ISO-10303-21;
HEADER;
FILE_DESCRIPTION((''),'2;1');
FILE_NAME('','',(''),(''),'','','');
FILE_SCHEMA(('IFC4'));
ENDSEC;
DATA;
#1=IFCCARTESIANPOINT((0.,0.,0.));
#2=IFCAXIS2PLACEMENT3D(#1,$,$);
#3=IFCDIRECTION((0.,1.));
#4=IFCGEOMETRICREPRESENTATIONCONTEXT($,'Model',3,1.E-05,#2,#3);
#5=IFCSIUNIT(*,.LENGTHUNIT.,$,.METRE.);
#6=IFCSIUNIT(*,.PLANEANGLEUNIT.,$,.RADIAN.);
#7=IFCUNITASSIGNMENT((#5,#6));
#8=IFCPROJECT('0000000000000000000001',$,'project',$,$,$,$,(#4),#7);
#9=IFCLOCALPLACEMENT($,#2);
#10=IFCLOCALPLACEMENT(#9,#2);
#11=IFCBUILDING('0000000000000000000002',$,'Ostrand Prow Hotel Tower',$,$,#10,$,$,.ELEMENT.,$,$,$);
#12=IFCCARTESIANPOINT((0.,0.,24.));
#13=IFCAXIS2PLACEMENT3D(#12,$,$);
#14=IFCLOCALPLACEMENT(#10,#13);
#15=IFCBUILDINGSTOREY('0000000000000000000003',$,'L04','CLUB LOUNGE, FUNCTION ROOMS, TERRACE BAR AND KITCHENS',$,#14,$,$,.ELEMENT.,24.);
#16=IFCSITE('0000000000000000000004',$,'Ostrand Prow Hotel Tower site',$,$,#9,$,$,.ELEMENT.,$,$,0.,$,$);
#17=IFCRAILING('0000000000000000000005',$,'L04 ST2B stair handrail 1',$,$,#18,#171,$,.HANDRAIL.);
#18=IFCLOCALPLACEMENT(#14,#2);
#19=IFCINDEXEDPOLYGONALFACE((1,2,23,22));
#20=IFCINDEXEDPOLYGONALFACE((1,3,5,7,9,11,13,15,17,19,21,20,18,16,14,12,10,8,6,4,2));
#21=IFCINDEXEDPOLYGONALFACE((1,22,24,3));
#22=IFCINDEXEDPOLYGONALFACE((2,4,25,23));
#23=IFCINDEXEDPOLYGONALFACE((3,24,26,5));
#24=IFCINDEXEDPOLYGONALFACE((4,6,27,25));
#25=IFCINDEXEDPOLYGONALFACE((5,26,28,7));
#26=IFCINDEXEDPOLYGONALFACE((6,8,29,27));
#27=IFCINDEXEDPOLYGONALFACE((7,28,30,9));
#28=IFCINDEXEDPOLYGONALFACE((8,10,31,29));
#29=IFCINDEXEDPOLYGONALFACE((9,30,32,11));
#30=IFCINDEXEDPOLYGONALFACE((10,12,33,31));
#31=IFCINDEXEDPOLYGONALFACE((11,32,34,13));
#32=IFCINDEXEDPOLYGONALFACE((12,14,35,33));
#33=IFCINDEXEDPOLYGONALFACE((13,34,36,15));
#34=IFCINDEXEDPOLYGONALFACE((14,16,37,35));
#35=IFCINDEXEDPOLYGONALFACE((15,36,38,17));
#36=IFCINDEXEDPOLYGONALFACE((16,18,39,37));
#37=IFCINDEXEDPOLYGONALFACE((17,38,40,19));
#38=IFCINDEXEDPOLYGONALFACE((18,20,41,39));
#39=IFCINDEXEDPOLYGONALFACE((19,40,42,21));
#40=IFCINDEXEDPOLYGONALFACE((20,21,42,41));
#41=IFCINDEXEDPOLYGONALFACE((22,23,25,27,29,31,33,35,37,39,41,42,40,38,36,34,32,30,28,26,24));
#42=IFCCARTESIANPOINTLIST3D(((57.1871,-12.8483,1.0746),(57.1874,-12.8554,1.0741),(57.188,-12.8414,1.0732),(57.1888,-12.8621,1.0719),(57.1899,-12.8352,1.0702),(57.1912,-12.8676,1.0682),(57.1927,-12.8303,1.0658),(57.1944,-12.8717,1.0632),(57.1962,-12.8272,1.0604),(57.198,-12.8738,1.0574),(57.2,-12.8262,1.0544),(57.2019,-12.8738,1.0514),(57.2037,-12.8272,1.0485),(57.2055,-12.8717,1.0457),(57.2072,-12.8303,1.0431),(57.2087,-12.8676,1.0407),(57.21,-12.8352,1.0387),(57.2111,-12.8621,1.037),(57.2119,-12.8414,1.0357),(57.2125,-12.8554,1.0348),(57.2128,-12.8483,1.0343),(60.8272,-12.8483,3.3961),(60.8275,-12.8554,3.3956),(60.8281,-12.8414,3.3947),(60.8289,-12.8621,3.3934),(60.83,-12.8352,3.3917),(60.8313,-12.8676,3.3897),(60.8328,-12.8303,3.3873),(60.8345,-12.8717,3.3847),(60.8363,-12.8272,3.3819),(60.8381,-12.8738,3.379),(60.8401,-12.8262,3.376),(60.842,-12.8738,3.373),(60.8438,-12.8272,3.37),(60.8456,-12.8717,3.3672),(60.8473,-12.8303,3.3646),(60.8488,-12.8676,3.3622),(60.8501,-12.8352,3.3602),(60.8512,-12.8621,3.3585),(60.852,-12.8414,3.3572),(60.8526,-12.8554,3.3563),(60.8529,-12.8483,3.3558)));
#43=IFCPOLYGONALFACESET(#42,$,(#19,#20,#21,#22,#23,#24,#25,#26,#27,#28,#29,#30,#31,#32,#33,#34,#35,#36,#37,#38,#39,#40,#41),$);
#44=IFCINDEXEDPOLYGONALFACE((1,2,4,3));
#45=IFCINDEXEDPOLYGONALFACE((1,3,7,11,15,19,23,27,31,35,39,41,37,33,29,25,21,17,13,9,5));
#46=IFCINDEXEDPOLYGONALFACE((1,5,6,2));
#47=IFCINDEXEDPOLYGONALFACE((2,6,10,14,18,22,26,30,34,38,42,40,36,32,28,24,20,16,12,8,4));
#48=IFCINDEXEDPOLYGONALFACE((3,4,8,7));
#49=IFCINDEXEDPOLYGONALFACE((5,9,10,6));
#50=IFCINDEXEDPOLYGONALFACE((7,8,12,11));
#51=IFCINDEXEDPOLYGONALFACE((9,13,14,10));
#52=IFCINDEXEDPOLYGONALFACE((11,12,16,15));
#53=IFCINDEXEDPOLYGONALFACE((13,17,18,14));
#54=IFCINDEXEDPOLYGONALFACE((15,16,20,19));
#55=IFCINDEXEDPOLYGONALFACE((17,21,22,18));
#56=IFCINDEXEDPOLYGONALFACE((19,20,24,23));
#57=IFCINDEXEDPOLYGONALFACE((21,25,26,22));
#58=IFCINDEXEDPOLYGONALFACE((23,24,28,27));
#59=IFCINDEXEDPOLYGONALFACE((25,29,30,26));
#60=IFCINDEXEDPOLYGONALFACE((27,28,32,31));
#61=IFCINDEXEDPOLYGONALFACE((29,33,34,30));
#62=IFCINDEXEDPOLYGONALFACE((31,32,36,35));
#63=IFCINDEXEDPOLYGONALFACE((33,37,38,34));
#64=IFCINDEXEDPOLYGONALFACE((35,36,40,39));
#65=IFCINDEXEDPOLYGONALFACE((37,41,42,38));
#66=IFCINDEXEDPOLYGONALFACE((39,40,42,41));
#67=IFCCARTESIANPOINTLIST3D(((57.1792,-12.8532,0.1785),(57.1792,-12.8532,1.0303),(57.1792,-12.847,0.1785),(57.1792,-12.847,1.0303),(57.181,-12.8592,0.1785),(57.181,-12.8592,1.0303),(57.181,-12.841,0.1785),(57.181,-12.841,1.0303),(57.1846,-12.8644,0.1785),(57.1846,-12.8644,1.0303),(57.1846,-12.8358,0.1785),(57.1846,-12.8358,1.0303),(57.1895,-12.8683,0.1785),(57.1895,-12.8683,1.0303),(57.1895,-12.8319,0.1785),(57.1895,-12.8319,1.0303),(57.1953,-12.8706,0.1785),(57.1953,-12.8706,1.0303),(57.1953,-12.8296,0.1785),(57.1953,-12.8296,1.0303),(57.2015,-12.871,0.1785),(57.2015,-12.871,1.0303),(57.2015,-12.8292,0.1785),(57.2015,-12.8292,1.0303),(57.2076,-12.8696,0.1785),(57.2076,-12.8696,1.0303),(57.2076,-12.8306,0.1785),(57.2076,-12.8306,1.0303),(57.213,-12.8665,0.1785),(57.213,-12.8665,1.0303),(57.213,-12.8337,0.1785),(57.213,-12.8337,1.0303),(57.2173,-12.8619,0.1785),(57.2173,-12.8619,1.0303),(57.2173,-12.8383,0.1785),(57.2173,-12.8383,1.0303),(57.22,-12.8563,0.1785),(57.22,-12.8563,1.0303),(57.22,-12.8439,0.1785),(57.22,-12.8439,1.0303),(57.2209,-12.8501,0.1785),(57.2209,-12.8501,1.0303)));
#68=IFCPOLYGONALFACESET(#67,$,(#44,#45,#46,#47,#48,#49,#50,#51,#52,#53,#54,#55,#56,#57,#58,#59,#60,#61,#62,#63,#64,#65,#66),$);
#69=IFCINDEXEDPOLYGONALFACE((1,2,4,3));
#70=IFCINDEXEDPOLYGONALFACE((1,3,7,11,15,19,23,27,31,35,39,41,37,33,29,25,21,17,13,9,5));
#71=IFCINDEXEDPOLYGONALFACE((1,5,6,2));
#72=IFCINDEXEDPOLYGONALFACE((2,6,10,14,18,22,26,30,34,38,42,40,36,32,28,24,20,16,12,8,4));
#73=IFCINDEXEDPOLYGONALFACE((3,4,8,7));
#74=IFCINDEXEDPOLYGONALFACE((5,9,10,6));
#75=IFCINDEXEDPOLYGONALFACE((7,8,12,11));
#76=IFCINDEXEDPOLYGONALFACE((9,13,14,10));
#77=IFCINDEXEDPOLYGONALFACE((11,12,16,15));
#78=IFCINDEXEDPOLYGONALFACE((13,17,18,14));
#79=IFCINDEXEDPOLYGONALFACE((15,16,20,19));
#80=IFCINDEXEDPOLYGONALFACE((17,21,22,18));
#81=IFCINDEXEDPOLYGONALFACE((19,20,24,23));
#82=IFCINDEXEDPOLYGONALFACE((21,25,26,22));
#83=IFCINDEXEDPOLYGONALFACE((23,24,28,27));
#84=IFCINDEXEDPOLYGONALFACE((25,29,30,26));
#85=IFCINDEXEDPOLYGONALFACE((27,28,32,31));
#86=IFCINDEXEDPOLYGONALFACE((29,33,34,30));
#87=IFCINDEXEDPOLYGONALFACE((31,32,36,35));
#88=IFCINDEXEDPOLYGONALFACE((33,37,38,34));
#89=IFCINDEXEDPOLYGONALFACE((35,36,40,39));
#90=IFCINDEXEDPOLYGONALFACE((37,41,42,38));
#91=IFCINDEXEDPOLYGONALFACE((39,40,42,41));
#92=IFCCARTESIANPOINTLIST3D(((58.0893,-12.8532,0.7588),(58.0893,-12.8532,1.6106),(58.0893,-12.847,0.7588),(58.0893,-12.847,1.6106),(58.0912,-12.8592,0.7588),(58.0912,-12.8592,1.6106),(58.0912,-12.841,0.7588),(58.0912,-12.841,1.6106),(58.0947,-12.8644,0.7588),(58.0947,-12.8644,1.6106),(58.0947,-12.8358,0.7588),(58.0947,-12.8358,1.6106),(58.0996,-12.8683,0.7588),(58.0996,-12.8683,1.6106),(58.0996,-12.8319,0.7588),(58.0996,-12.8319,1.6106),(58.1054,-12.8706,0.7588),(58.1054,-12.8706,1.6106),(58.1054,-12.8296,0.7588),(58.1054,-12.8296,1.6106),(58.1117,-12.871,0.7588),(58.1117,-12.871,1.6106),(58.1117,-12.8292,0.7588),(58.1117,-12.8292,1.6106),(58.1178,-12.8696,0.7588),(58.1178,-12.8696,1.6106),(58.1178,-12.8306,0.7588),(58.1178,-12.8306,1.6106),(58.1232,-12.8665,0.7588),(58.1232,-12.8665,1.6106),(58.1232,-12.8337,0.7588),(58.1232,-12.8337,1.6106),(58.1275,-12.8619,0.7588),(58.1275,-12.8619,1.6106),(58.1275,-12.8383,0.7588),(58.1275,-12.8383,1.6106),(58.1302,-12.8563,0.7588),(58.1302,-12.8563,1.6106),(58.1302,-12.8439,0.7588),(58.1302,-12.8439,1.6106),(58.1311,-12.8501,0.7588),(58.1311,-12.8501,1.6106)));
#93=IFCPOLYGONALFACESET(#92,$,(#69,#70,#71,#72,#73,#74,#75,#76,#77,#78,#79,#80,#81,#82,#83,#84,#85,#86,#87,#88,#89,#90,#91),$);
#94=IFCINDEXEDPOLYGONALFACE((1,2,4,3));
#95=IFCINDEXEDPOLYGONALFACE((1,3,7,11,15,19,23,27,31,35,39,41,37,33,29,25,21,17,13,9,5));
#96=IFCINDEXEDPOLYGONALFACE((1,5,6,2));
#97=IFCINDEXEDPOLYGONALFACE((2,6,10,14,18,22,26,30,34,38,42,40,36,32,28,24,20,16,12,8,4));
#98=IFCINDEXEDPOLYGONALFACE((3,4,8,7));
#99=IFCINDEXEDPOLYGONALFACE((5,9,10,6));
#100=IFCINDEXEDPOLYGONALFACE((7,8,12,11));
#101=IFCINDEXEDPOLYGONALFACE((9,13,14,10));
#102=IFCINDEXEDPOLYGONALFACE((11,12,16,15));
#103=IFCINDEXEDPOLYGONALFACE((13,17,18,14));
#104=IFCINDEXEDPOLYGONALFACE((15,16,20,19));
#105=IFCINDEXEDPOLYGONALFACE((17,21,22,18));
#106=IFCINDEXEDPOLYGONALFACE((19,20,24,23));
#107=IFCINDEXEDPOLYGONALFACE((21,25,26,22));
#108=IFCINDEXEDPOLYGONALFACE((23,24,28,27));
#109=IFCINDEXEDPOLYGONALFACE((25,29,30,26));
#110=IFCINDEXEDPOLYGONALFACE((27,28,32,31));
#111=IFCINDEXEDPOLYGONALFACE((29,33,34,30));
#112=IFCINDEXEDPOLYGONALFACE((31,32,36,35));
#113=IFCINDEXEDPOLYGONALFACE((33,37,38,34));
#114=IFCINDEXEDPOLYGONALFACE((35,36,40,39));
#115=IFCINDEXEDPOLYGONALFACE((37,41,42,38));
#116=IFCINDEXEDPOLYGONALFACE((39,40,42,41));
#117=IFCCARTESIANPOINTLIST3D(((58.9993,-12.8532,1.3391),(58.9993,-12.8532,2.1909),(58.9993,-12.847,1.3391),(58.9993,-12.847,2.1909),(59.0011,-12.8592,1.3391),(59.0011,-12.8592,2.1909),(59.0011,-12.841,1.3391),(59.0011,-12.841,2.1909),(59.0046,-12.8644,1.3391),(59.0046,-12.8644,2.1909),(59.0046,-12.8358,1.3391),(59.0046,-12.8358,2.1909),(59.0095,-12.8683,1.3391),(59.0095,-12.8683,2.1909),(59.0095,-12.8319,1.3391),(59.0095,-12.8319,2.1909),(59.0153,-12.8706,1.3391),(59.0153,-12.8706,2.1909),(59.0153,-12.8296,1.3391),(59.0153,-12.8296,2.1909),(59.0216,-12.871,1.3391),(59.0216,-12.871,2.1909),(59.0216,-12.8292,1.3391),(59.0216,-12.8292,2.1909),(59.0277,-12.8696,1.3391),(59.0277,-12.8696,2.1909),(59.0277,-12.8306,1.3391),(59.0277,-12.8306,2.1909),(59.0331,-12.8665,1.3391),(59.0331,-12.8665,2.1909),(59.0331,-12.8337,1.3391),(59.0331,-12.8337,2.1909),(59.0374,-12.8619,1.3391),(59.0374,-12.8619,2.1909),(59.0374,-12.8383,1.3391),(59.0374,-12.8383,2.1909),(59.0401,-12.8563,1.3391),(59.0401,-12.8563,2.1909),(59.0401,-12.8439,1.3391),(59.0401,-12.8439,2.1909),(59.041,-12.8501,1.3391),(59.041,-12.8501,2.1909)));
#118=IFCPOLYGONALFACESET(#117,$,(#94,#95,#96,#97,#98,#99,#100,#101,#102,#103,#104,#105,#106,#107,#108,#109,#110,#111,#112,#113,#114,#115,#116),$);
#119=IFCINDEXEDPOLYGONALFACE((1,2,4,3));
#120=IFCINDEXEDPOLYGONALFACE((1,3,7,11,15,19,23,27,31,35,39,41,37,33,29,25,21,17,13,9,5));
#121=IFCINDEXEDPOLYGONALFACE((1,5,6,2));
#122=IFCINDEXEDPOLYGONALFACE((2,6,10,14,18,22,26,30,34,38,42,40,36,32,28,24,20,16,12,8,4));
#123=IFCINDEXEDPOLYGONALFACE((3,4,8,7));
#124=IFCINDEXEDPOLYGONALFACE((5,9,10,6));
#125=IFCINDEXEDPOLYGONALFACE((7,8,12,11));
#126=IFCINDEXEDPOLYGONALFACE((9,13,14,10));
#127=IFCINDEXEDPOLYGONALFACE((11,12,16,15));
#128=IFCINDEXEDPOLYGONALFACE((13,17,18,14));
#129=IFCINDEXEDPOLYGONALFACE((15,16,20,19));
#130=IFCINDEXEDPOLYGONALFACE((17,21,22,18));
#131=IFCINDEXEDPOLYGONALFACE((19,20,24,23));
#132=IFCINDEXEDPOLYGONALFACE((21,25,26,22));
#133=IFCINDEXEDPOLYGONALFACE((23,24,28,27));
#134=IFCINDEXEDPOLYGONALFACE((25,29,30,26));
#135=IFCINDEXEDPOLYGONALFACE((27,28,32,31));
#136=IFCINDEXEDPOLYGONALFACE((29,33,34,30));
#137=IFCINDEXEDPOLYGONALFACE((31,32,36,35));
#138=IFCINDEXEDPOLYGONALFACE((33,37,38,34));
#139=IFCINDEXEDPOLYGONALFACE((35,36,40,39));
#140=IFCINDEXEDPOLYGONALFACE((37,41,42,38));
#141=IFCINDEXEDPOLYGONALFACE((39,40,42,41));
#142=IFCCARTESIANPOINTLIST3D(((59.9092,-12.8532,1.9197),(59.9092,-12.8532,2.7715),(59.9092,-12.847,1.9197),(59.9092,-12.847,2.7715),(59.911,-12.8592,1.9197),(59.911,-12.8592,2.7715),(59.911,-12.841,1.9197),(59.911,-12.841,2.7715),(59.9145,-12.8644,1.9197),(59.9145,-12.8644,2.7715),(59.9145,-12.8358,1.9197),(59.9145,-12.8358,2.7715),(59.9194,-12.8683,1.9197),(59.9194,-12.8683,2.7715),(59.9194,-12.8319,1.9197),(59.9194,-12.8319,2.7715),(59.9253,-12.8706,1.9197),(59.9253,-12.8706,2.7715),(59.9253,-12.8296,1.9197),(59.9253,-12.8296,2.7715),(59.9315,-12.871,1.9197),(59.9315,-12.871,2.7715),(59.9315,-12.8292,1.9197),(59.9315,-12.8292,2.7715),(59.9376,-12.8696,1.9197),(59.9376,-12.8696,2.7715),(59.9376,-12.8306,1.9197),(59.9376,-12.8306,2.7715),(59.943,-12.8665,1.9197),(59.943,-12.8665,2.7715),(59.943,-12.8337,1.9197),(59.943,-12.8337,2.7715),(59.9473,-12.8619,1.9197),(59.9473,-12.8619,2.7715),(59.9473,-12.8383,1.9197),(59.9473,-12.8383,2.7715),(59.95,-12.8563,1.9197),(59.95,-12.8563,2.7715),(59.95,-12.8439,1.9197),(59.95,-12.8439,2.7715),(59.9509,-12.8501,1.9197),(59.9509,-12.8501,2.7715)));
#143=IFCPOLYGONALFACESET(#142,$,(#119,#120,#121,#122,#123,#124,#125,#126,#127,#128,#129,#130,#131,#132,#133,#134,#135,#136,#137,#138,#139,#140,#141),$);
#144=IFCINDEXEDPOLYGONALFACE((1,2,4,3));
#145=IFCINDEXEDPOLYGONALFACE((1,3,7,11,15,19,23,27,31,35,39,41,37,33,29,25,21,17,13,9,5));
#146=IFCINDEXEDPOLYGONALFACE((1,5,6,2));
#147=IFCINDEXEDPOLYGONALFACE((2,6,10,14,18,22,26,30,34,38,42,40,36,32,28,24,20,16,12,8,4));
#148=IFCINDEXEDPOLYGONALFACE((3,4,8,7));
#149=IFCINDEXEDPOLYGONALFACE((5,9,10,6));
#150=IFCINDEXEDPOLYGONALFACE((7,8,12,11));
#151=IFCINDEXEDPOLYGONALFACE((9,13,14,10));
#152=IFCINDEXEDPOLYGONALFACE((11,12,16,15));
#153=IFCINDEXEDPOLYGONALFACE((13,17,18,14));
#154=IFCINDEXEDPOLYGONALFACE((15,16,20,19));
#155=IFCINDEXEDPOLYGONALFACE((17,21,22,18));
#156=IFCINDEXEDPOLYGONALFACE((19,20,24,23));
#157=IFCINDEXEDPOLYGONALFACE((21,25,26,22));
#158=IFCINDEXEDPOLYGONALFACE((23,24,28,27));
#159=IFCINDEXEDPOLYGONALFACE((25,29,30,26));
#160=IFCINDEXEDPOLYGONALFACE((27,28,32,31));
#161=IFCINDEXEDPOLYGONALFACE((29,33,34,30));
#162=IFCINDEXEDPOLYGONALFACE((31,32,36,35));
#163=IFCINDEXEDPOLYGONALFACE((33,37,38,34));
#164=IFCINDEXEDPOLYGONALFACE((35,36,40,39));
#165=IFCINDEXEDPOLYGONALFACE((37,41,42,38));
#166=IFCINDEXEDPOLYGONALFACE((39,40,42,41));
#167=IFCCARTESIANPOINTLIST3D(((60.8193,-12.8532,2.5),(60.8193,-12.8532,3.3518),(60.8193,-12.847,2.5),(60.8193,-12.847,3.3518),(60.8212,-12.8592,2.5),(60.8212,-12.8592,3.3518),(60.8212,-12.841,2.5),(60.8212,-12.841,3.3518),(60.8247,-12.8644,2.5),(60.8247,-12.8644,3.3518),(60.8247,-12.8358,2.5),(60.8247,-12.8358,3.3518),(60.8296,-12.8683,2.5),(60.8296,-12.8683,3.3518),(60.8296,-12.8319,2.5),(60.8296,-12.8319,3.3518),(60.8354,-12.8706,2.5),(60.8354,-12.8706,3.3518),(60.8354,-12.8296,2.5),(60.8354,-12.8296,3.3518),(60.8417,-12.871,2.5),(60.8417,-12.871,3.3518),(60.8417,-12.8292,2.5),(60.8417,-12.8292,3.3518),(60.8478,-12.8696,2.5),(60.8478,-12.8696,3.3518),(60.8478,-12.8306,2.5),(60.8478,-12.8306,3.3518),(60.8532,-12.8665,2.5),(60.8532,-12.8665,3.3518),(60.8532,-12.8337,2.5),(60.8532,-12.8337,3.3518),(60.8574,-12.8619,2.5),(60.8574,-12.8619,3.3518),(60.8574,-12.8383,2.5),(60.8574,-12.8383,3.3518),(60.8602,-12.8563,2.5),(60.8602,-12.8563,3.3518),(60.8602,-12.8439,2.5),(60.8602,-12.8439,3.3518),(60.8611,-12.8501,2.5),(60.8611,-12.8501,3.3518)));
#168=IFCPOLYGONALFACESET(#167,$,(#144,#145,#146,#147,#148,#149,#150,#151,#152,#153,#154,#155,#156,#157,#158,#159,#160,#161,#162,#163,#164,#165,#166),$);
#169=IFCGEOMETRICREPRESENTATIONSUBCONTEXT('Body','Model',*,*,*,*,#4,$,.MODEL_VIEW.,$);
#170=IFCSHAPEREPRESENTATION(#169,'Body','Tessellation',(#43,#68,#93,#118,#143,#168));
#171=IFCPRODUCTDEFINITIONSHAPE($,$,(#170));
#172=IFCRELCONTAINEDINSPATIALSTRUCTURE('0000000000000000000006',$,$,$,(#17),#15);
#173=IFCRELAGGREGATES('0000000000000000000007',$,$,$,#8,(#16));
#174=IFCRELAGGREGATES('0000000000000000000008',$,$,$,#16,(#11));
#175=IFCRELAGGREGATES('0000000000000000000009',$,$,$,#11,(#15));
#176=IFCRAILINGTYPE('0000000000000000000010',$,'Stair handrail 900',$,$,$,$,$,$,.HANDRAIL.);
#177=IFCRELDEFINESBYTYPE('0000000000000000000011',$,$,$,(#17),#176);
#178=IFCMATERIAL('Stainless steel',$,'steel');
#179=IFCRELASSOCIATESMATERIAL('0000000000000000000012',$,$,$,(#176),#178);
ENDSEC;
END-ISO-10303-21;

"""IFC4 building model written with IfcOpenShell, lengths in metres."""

from ifc_helpers import new_model, si_unit, direction, frame, origin, origin_2d, place, context, subcontext, project, spatial, circle, extrude, material, type_object, element, save


model = new_model("IFC4")

# Units and contexts
model_context = context("Model", 3, precision=1e-05, world=origin(), true_north=direction((0.0, 1.0)))
body_context = subcontext(model_context, "Body", "Model", "MODEL_VIEW")
ifc_project = project(units=[si_unit("LENGTHUNIT", "METRE"), si_unit("PLANEANGLEUNIT", "RADIAN")], contexts=[model_context])

# Site, building, storey
site_placement = place(None, origin())
site = spatial("IfcSite", under=ifc_project, at=site_placement, Name="Ostrand Prow Hotel Tower site", CompositionType="ELEMENT", RefElevation=0.0)
building_placement = place(site_placement, origin())
building = spatial("IfcBuilding", under=site, at=building_placement, Name="Ostrand Prow Hotel Tower", CompositionType="ELEMENT")
storey_placement = place(building_placement, frame((0.0, 0.0, 24.0)))
storey = spatial("IfcBuildingStorey", under=building, at=storey_placement, Name="L04", Description="CLUB LOUNGE, FUNCTION ROOMS, TERRACE BAR AND KITCHENS", CompositionType="ELEMENT", Elevation=24.0)

# Railing
ifc_material_1 = material(Name="Stainless steel", Category="steel")
railing_type_1 = type_object("IfcRailingType", Name="Stair handrail 900", PredefinedType="HANDRAIL", material=ifc_material_1)
railing_1_placement = place(storey_placement, frame((57.2, -12.8501, 0.1785)))
element("IfcRailing", 1, at=railing_1_placement, inside=storey, type_object=railing_type_1, Name="L04 ST2B stair handrail 1", PredefinedType="HANDRAIL", context=body_context, shape_type="SweptSolid", body=[
    extrude(circle(Radius=0.0239, at=origin_2d()), frame((0.0, 0.0, 0.876), z_axis=(0.843128, 0.0, 0.537713), x_axis=(0.0, 1.0, 0.0)), (0.0, 0.0, 1.0), 4.3174),
    extrude(circle(Radius=0.021, at=origin_2d()), origin(), (0.0, 0.0, 1.0), 0.8518),
    extrude(circle(Radius=0.021, at=origin_2d()), frame((0.9102, 0.0, 0.5803)), (0.0, 0.0, 1.0), 0.8518),
    extrude(circle(Radius=0.021, at=origin_2d()), frame((1.8201, 0.0, 1.1606)), (0.0, 0.0, 1.0), 0.8518),
    extrude(circle(Radius=0.021, at=origin_2d()), frame((2.73, 0.0, 1.7412)), (0.0, 0.0, 1.0), 0.8518),
    extrude(circle(Radius=0.021, at=origin_2d()), frame((3.6401, 0.0, 2.3215)), (0.0, 0.0, 1.0), 0.8518),
])

save(model, "model.ifc")
